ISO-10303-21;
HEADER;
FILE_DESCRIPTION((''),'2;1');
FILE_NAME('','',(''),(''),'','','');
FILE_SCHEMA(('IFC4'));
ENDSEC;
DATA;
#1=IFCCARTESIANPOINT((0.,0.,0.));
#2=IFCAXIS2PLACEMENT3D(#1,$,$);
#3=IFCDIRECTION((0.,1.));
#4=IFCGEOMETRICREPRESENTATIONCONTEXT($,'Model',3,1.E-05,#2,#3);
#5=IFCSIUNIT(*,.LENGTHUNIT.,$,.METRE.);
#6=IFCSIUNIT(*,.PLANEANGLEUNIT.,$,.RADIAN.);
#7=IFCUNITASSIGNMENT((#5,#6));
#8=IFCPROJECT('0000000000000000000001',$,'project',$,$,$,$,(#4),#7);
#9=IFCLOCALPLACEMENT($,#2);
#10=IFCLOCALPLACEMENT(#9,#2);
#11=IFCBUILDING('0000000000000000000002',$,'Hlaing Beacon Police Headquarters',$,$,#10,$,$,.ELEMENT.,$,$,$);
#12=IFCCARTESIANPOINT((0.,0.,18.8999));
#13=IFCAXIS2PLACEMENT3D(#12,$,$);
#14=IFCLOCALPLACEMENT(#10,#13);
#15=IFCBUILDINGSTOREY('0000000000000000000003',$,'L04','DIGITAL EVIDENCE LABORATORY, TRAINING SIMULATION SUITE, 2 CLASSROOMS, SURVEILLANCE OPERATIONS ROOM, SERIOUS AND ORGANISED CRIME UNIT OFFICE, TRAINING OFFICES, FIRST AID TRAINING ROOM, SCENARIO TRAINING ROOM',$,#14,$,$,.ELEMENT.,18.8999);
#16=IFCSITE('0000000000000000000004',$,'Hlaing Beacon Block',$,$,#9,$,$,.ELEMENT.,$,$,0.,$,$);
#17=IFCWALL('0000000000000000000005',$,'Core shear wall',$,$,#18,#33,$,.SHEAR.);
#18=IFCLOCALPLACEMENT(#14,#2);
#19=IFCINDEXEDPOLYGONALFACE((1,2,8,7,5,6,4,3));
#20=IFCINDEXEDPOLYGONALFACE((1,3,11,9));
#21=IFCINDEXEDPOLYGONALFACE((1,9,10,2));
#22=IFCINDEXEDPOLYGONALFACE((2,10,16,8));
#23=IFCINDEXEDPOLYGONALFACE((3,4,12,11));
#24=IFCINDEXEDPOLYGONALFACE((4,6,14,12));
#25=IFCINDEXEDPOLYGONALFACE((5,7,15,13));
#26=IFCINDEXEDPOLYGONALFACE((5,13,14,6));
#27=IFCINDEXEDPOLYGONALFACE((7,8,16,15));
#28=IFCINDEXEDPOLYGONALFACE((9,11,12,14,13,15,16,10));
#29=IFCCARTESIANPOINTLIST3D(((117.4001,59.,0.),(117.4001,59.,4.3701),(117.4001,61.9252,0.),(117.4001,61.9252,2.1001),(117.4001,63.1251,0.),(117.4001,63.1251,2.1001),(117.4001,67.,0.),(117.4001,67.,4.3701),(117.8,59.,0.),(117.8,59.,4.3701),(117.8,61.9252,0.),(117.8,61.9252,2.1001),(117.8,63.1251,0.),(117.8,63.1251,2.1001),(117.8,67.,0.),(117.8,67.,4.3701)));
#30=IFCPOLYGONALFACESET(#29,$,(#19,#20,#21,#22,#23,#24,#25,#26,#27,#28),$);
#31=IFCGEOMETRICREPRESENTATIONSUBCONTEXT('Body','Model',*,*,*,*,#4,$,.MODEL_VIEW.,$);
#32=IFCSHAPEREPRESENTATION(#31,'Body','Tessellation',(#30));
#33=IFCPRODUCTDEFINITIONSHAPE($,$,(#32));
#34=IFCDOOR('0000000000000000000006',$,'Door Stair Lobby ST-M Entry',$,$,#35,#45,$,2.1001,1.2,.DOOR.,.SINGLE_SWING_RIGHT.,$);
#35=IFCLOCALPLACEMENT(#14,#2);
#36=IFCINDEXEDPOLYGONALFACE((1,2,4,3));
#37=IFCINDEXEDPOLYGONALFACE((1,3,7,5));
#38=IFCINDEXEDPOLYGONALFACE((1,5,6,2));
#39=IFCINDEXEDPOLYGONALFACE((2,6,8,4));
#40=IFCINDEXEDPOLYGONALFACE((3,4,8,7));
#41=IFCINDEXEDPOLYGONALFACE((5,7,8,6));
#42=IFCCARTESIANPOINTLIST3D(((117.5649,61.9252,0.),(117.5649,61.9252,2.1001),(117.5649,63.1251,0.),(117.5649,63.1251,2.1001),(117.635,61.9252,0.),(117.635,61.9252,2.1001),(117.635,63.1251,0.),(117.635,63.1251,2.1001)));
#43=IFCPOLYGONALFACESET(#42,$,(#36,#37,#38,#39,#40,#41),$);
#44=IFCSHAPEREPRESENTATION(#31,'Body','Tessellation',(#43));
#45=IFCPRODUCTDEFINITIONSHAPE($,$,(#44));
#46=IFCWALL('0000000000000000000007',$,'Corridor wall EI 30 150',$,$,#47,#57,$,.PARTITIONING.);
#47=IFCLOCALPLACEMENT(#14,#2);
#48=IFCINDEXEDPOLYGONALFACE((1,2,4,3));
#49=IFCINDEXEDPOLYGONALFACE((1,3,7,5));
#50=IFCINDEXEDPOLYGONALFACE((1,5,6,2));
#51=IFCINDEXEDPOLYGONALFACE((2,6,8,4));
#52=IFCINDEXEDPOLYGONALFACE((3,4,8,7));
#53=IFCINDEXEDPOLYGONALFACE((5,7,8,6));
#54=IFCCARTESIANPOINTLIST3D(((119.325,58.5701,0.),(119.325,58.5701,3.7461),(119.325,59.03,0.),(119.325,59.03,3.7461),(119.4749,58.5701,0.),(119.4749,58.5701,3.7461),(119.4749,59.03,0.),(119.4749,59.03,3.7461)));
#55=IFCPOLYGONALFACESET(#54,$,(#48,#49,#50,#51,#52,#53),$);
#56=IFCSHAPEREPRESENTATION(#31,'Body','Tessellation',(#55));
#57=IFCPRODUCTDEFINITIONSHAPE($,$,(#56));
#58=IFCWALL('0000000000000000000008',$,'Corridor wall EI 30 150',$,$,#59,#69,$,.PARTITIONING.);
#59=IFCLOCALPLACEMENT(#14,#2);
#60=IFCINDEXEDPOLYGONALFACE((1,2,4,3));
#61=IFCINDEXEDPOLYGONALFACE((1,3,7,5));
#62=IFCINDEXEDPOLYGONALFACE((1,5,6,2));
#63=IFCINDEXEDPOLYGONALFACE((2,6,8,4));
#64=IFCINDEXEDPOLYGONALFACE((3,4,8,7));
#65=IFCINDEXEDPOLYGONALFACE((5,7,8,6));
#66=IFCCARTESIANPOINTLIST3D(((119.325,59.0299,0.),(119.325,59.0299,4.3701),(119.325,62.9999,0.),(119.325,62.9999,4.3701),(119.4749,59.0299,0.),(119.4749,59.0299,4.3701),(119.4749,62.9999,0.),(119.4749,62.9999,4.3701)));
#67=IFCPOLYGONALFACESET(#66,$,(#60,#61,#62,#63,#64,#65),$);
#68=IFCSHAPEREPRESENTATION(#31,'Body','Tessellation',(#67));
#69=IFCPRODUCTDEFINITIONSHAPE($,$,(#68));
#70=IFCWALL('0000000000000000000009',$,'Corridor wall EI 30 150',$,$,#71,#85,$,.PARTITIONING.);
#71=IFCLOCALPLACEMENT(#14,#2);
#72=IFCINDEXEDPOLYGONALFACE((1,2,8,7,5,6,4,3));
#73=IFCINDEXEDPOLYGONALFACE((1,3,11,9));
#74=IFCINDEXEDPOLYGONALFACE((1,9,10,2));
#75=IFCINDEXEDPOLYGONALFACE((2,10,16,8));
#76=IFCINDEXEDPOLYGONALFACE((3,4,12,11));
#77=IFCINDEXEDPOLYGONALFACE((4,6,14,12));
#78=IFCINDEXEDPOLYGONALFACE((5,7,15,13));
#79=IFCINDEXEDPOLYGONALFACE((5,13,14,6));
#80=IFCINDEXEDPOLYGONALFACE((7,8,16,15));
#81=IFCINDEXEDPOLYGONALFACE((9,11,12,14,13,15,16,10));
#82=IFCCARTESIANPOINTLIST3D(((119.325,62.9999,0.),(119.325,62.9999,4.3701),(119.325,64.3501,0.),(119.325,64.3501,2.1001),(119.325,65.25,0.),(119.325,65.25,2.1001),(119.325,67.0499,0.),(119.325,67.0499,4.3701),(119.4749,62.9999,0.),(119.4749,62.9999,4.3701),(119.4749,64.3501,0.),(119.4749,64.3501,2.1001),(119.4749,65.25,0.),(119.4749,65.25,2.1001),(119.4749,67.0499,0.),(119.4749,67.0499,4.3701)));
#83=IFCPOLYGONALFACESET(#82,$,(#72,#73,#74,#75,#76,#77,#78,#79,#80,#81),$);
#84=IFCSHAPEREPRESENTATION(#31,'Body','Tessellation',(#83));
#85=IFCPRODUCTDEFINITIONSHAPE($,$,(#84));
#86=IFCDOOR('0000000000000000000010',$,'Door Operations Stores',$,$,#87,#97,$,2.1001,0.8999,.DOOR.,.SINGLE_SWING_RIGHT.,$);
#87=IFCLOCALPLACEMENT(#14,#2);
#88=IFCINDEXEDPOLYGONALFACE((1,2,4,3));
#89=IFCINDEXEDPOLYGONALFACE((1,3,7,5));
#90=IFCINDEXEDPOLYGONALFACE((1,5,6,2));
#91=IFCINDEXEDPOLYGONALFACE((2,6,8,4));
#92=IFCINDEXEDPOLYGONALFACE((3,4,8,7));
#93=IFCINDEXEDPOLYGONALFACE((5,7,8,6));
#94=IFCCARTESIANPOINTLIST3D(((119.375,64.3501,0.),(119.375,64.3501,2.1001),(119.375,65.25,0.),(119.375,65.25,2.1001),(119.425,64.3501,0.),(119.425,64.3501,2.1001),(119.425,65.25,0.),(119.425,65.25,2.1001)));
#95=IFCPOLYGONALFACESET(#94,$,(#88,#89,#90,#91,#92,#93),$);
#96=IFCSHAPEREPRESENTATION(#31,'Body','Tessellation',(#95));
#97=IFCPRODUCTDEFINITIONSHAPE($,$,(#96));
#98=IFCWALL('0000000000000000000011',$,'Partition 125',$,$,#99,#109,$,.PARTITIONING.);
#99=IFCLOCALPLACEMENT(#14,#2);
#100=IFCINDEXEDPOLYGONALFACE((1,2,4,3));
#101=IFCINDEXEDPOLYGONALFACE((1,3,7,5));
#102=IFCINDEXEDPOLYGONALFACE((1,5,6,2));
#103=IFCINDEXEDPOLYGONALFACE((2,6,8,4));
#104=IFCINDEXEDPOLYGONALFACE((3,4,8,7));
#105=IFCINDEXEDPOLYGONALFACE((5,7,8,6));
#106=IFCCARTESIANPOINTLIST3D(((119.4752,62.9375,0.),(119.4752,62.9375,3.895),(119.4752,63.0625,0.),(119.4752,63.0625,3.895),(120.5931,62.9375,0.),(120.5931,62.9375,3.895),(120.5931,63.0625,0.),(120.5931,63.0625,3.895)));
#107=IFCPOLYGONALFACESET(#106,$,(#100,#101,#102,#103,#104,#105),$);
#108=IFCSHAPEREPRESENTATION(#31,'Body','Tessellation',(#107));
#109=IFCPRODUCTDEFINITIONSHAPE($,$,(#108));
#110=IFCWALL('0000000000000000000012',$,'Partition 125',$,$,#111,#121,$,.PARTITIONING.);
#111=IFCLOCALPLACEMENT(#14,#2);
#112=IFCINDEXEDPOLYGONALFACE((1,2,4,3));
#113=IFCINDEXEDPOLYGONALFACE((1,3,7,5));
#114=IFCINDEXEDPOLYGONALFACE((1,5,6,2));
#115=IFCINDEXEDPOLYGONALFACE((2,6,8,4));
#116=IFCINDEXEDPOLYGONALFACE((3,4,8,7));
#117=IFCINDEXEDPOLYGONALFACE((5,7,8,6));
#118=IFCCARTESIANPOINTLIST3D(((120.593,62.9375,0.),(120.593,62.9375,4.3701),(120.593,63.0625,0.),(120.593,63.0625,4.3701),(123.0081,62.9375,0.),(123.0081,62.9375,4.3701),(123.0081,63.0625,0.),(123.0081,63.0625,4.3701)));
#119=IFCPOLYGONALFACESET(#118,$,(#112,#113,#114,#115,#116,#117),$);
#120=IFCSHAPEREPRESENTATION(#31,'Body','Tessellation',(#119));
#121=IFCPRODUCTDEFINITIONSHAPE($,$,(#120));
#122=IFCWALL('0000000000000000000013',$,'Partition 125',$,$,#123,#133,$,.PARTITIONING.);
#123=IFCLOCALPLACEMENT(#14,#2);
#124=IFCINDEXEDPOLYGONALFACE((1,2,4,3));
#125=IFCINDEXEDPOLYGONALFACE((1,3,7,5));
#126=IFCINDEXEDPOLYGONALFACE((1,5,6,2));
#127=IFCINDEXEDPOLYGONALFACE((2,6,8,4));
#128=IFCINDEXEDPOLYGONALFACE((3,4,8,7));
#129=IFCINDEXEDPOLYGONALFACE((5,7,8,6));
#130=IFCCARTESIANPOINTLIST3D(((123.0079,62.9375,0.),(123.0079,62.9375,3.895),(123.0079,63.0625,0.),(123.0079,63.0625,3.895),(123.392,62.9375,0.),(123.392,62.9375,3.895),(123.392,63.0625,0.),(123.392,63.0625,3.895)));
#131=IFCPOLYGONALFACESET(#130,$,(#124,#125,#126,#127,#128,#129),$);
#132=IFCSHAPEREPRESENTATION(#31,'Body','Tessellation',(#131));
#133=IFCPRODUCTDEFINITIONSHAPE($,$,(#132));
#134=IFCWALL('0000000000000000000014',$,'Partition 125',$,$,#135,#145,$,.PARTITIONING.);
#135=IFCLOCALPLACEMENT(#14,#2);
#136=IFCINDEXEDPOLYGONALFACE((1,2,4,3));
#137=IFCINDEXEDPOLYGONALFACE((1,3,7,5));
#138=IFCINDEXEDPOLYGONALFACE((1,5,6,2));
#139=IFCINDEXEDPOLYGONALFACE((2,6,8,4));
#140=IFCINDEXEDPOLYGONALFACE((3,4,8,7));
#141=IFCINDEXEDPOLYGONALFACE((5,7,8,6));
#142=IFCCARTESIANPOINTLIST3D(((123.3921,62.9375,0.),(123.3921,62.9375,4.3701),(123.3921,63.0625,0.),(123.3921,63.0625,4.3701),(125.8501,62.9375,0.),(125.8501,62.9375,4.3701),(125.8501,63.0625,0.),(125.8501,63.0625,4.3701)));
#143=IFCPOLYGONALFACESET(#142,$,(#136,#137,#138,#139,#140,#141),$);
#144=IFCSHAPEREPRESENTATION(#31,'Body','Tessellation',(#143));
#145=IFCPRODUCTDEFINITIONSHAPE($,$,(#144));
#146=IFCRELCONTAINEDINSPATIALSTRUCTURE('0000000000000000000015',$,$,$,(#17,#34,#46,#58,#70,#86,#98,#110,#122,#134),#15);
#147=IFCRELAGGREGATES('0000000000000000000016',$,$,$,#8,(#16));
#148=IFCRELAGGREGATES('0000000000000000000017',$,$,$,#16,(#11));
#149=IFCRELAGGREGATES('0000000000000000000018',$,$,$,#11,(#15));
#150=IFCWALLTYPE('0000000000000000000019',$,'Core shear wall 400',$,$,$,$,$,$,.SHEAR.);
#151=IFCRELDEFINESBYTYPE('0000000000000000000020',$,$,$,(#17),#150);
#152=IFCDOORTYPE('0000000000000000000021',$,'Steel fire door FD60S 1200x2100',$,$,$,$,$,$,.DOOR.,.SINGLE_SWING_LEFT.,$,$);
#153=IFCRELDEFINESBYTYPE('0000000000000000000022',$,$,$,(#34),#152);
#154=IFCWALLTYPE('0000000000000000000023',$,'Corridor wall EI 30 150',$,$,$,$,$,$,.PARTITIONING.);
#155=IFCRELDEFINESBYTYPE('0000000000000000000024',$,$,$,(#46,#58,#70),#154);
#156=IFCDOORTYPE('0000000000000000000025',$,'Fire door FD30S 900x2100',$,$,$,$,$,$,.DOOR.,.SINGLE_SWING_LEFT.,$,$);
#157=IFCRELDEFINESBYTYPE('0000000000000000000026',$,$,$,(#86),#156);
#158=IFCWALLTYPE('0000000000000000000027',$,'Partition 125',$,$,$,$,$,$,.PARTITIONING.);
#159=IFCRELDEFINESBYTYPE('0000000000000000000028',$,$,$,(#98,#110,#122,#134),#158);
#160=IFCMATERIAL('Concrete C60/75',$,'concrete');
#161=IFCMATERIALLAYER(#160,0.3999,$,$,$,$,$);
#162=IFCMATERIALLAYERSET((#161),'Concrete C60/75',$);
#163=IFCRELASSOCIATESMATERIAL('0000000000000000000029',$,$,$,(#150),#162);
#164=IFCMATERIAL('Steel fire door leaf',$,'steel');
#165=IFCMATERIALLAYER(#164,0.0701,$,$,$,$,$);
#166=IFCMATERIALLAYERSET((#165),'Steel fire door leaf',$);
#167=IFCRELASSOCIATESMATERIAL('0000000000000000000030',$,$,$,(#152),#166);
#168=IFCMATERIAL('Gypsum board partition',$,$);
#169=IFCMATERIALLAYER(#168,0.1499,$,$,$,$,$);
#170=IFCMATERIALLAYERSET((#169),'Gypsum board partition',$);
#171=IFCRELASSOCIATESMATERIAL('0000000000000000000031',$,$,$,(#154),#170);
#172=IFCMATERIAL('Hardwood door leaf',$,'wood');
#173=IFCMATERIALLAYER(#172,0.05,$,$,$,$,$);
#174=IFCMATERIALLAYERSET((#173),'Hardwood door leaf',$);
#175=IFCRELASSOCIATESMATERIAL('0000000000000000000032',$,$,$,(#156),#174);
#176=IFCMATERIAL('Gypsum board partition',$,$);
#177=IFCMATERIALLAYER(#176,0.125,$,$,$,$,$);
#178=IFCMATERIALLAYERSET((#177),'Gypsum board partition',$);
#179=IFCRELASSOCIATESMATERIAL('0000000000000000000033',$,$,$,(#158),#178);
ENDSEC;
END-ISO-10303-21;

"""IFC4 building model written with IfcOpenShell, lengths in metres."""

from ifc_helpers import new_model, si_unit, direction, frame, frame_2d, origin, place, context, subcontext, project, spatial, rectangle, extrude, material, layer, layer_set, type_object, element, fill, save


model = new_model("IFC4")

# Units and contexts
model_context = context("Model", 3, precision=1e-05, world=origin(), true_north=direction((0.0, 1.0)))
body_context = subcontext(model_context, "Body", "Model", "MODEL_VIEW")
ifc_project = project(units=[si_unit("LENGTHUNIT", "METRE"), si_unit("PLANEANGLEUNIT", "RADIAN")], contexts=[model_context])

# Site, building, storey
site_placement = place(None, origin())
site = spatial("IfcSite", under=ifc_project, at=site_placement, Name="Hlaing Beacon Block", CompositionType="ELEMENT", RefElevation=0.0)
building_placement = place(site_placement, origin())
building = spatial("IfcBuilding", under=site, at=building_placement, Name="Hlaing Beacon Police Headquarters", CompositionType="ELEMENT")
storey_placement = place(building_placement, frame((0.0, 0.0, 18.8999)))
storey = spatial("IfcBuildingStorey", under=building, at=storey_placement, Name="L04", Description="DIGITAL EVIDENCE LABORATORY, TRAINING SIMULATION SUITE, 2 CLASSROOMS, SURVEILLANCE OPERATIONS ROOM, SERIOUS AND ORGANISED CRIME UNIT OFFICE, TRAINING OFFICES, FIRST AID TRAINING ROOM, SCENARIO TRAINING ROOM", CompositionType="ELEMENT", Elevation=18.8999)

# Wall, opening, door
ifc_material_1 = material(Name="Concrete C60/75", Category="concrete")
ifc_layer_1 = layer(ifc_material_1, 0.3999)
ifc_layer_set_1 = layer_set([ifc_layer_1], Name="Concrete C60/75")
wall_type_1 = type_object("IfcWallType", Name="Core shear wall 400", PredefinedType="SHEAR", material=ifc_layer_set_1)
wall_1_placement = place(storey_placement, frame((117.6001, 59.0, 0.0), z_axis=(0.0, 0.0, 1.0), x_axis=(0.0, 1.0, 0.0)))
wall_1 = element("IfcWall", 1, at=wall_1_placement, inside=storey, type_object=wall_type_1, Name="Core shear wall", PredefinedType="SHEAR", context=body_context, shape_type="SweptSolid", body=[
    extrude(rectangle(XDim=8.0, YDim=0.3999, at=frame_2d((4.0, 0.0))), origin(), (0.0, 0.0, 1.0), 4.3701),
])
opening_1_placement = place(wall_1_placement, frame((2.925, 0.0, 0.0)))
opening_1 = element("IfcOpeningElement", 2, at=opening_1_placement, cuts=wall_1, PredefinedType="OPENING", context=body_context, shape_type="SweptSolid", body=[
    extrude(rectangle(XDim=1.2, YDim=2.1001, at=frame_2d((0.6001, 1.05))), frame((0.0, 0.21, 0.0), z_axis=(0.0, -1.0, 0.0), x_axis=(1.0, 0.0, 0.0)), (0.0, 0.0, 1.0), 0.4199),
])
ifc_material_2 = material(Name="Steel fire door leaf", Category="steel")
ifc_layer_2 = layer(ifc_material_2, 0.0701)
ifc_layer_set_2 = layer_set([ifc_layer_2], Name="Steel fire door leaf")
door_type_1 = type_object("IfcDoorType", Name="Steel fire door FD60S 1200x2100", OperationType="SINGLE_SWING_LEFT", PredefinedType="DOOR", material=ifc_layer_set_2)
door_1_placement = place(opening_1_placement, origin())
door_1 = element("IfcDoor", 3, at=door_1_placement, inside=storey, type_object=door_type_1, Name="Door Stair Lobby ST-M Entry", OperationType="SINGLE_SWING_RIGHT", OverallHeight=2.1001, OverallWidth=1.2, PredefinedType="DOOR", context=body_context, shape_type="SweptSolid", body=[
    extrude(rectangle(XDim=1.2, YDim=2.1001, at=frame_2d((0.6001, 1.05))), frame((0.0, 0.0352, 0.0), z_axis=(0.0, -1.0, 0.0), x_axis=(1.0, 0.0, 0.0)), (0.0, 0.0, 1.0), 0.0701),
])
fill(opening_1, door_1)

# Walls
ifc_material_3 = material(Name="Gypsum board partition")
ifc_layer_3 = layer(ifc_material_3, 0.1499)
ifc_layer_set_3 = layer_set([ifc_layer_3], Name="Gypsum board partition")
wall_type_2 = type_object("IfcWallType", Name="Corridor wall EI 30 150", PredefinedType="PARTITIONING", material=ifc_layer_set_3)
wall_2_placement = place(storey_placement, frame((119.3999, 58.5701, 0.0), z_axis=(0.0, 0.0, 1.0), x_axis=(0.0, 1.0, 0.0)))
element("IfcWall", 4, at=wall_2_placement, inside=storey, type_object=wall_type_2, Name="Corridor wall EI 30 150", PredefinedType="PARTITIONING", context=body_context, shape_type="SweptSolid", body=[
    extrude(rectangle(XDim=0.46, YDim=0.1499, at=frame_2d((0.23, 0.0))), origin(), (0.0, 0.0, 1.0), 3.7461),
])
wall_3_placement = place(storey_placement, frame((119.3999, 59.03, 0.0), z_axis=(0.0, 0.0, 1.0), x_axis=(0.0, 1.0, 0.0)))
element("IfcWall", 5, at=wall_3_placement, inside=storey, type_object=wall_type_2, Name="Corridor wall EI 30 150", PredefinedType="PARTITIONING", context=body_context, shape_type="SweptSolid", body=[
    extrude(rectangle(XDim=3.97, YDim=0.1499, at=frame_2d((1.9849, 0.0))), origin(), (0.0, 0.0, 1.0), 4.3701),
])

# Wall, opening, door
wall_4_placement = place(storey_placement, frame((119.3999, 63.0, 0.0), z_axis=(0.0, 0.0, 1.0), x_axis=(0.0, 1.0, 0.0)))
wall_4 = element("IfcWall", 6, at=wall_4_placement, inside=storey, type_object=wall_type_2, Name="Corridor wall EI 30 150", PredefinedType="PARTITIONING", context=body_context, shape_type="SweptSolid", body=[
    extrude(rectangle(XDim=4.05, YDim=0.1499, at=frame_2d((2.0249, 0.0))), origin(), (0.0, 0.0, 1.0), 4.3701),
])
opening_2_placement = place(wall_4_placement, frame((1.3501, 0.0, 0.0)))
opening_2 = element("IfcOpeningElement", 7, at=opening_2_placement, cuts=wall_4, PredefinedType="OPENING", context=body_context, shape_type="SweptSolid", body=[
    extrude(rectangle(XDim=0.8999, YDim=2.1001, at=frame_2d((0.45, 1.05))), frame((0.0, 0.085, 0.0), z_axis=(0.0, -1.0, 0.0), x_axis=(1.0, 0.0, 0.0)), (0.0, 0.0, 1.0), 0.1699),
])
ifc_material_4 = material(Name="Hardwood door leaf", Category="wood")
ifc_layer_4 = layer(ifc_material_4, 0.05)
ifc_layer_set_4 = layer_set([ifc_layer_4], Name="Hardwood door leaf")
door_type_2 = type_object("IfcDoorType", Name="Fire door FD30S 900x2100", OperationType="SINGLE_SWING_LEFT", PredefinedType="DOOR", material=ifc_layer_set_4)
door_2_placement = place(opening_2_placement, frame((0.8999, 0.0, 0.0), z_axis=(0.0, 0.0, 1.0), x_axis=(-1.0, 0.0, 0.0)))
door_2 = element("IfcDoor", 8, at=door_2_placement, inside=storey, type_object=door_type_2, Name="Door Operations Stores", OperationType="SINGLE_SWING_RIGHT", OverallHeight=2.1001, OverallWidth=0.8999, PredefinedType="DOOR", context=body_context, shape_type="SweptSolid", body=[
    extrude(rectangle(XDim=0.8999, YDim=2.1001, at=frame_2d((0.45, 1.05))), frame((0.0, 0.0251, 0.0), z_axis=(0.0, -1.0, 0.0), x_axis=(1.0, 0.0, 0.0)), (0.0, 0.0, 1.0), 0.05),
])
fill(opening_2, door_2)

# Walls
ifc_material_5 = material(Name="Gypsum board partition")
ifc_layer_5 = layer(ifc_material_5, 0.125)
ifc_layer_set_5 = layer_set([ifc_layer_5], Name="Gypsum board partition")
wall_type_3 = type_object("IfcWallType", Name="Partition 125", PredefinedType="PARTITIONING", material=ifc_layer_set_5)
wall_5_placement = place(storey_placement, frame((119.4751, 63.0, 0.0), z_axis=(0.0, 0.0, 1.0), x_axis=(1.0, 0.0, 0.0)))
element("IfcWall", 9, at=wall_5_placement, inside=storey, type_object=wall_type_3, Name="Partition 125", PredefinedType="PARTITIONING", context=body_context, shape_type="SweptSolid", body=[
    extrude(rectangle(XDim=1.1179, YDim=0.125, at=frame_2d((0.5591, 0.0))), origin(), (0.0, 0.0, 1.0), 3.895),
])
wall_6_placement = place(storey_placement, frame((120.593, 63.0, 0.0), z_axis=(0.0, 0.0, 1.0), x_axis=(1.0, 0.0, 0.0)))
element("IfcWall", 10, at=wall_6_placement, inside=storey, type_object=wall_type_3, Name="Partition 125", PredefinedType="PARTITIONING", context=body_context, shape_type="SweptSolid", body=[
    extrude(rectangle(XDim=2.415, YDim=0.125, at=frame_2d((1.2075, 0.0))), origin(), (0.0, 0.0, 1.0), 4.3701),
])
wall_7_placement = place(storey_placement, frame((123.0081, 63.0, 0.0), z_axis=(0.0, 0.0, 1.0), x_axis=(1.0, 0.0, 0.0)))
element("IfcWall", 11, at=wall_7_placement, inside=storey, type_object=wall_type_3, Name="Partition 125", PredefinedType="PARTITIONING", context=body_context, shape_type="SweptSolid", body=[
    extrude(rectangle(XDim=0.384, YDim=0.125, at=frame_2d((0.1919, 0.0))), origin(), (0.0, 0.0, 1.0), 3.895),
])
wall_8_placement = place(storey_placement, frame((123.3921, 63.0, 0.0), z_axis=(0.0, 0.0, 1.0), x_axis=(1.0, 0.0, 0.0)))
element("IfcWall", 12, at=wall_8_placement, inside=storey, type_object=wall_type_3, Name="Partition 125", PredefinedType="PARTITIONING", context=body_context, shape_type="SweptSolid", body=[
    extrude(rectangle(XDim=2.458, YDim=0.125, at=frame_2d((1.229, 0.0))), origin(), (0.0, 0.0, 1.0), 4.3701),
])

save(model, "model.ifc")
